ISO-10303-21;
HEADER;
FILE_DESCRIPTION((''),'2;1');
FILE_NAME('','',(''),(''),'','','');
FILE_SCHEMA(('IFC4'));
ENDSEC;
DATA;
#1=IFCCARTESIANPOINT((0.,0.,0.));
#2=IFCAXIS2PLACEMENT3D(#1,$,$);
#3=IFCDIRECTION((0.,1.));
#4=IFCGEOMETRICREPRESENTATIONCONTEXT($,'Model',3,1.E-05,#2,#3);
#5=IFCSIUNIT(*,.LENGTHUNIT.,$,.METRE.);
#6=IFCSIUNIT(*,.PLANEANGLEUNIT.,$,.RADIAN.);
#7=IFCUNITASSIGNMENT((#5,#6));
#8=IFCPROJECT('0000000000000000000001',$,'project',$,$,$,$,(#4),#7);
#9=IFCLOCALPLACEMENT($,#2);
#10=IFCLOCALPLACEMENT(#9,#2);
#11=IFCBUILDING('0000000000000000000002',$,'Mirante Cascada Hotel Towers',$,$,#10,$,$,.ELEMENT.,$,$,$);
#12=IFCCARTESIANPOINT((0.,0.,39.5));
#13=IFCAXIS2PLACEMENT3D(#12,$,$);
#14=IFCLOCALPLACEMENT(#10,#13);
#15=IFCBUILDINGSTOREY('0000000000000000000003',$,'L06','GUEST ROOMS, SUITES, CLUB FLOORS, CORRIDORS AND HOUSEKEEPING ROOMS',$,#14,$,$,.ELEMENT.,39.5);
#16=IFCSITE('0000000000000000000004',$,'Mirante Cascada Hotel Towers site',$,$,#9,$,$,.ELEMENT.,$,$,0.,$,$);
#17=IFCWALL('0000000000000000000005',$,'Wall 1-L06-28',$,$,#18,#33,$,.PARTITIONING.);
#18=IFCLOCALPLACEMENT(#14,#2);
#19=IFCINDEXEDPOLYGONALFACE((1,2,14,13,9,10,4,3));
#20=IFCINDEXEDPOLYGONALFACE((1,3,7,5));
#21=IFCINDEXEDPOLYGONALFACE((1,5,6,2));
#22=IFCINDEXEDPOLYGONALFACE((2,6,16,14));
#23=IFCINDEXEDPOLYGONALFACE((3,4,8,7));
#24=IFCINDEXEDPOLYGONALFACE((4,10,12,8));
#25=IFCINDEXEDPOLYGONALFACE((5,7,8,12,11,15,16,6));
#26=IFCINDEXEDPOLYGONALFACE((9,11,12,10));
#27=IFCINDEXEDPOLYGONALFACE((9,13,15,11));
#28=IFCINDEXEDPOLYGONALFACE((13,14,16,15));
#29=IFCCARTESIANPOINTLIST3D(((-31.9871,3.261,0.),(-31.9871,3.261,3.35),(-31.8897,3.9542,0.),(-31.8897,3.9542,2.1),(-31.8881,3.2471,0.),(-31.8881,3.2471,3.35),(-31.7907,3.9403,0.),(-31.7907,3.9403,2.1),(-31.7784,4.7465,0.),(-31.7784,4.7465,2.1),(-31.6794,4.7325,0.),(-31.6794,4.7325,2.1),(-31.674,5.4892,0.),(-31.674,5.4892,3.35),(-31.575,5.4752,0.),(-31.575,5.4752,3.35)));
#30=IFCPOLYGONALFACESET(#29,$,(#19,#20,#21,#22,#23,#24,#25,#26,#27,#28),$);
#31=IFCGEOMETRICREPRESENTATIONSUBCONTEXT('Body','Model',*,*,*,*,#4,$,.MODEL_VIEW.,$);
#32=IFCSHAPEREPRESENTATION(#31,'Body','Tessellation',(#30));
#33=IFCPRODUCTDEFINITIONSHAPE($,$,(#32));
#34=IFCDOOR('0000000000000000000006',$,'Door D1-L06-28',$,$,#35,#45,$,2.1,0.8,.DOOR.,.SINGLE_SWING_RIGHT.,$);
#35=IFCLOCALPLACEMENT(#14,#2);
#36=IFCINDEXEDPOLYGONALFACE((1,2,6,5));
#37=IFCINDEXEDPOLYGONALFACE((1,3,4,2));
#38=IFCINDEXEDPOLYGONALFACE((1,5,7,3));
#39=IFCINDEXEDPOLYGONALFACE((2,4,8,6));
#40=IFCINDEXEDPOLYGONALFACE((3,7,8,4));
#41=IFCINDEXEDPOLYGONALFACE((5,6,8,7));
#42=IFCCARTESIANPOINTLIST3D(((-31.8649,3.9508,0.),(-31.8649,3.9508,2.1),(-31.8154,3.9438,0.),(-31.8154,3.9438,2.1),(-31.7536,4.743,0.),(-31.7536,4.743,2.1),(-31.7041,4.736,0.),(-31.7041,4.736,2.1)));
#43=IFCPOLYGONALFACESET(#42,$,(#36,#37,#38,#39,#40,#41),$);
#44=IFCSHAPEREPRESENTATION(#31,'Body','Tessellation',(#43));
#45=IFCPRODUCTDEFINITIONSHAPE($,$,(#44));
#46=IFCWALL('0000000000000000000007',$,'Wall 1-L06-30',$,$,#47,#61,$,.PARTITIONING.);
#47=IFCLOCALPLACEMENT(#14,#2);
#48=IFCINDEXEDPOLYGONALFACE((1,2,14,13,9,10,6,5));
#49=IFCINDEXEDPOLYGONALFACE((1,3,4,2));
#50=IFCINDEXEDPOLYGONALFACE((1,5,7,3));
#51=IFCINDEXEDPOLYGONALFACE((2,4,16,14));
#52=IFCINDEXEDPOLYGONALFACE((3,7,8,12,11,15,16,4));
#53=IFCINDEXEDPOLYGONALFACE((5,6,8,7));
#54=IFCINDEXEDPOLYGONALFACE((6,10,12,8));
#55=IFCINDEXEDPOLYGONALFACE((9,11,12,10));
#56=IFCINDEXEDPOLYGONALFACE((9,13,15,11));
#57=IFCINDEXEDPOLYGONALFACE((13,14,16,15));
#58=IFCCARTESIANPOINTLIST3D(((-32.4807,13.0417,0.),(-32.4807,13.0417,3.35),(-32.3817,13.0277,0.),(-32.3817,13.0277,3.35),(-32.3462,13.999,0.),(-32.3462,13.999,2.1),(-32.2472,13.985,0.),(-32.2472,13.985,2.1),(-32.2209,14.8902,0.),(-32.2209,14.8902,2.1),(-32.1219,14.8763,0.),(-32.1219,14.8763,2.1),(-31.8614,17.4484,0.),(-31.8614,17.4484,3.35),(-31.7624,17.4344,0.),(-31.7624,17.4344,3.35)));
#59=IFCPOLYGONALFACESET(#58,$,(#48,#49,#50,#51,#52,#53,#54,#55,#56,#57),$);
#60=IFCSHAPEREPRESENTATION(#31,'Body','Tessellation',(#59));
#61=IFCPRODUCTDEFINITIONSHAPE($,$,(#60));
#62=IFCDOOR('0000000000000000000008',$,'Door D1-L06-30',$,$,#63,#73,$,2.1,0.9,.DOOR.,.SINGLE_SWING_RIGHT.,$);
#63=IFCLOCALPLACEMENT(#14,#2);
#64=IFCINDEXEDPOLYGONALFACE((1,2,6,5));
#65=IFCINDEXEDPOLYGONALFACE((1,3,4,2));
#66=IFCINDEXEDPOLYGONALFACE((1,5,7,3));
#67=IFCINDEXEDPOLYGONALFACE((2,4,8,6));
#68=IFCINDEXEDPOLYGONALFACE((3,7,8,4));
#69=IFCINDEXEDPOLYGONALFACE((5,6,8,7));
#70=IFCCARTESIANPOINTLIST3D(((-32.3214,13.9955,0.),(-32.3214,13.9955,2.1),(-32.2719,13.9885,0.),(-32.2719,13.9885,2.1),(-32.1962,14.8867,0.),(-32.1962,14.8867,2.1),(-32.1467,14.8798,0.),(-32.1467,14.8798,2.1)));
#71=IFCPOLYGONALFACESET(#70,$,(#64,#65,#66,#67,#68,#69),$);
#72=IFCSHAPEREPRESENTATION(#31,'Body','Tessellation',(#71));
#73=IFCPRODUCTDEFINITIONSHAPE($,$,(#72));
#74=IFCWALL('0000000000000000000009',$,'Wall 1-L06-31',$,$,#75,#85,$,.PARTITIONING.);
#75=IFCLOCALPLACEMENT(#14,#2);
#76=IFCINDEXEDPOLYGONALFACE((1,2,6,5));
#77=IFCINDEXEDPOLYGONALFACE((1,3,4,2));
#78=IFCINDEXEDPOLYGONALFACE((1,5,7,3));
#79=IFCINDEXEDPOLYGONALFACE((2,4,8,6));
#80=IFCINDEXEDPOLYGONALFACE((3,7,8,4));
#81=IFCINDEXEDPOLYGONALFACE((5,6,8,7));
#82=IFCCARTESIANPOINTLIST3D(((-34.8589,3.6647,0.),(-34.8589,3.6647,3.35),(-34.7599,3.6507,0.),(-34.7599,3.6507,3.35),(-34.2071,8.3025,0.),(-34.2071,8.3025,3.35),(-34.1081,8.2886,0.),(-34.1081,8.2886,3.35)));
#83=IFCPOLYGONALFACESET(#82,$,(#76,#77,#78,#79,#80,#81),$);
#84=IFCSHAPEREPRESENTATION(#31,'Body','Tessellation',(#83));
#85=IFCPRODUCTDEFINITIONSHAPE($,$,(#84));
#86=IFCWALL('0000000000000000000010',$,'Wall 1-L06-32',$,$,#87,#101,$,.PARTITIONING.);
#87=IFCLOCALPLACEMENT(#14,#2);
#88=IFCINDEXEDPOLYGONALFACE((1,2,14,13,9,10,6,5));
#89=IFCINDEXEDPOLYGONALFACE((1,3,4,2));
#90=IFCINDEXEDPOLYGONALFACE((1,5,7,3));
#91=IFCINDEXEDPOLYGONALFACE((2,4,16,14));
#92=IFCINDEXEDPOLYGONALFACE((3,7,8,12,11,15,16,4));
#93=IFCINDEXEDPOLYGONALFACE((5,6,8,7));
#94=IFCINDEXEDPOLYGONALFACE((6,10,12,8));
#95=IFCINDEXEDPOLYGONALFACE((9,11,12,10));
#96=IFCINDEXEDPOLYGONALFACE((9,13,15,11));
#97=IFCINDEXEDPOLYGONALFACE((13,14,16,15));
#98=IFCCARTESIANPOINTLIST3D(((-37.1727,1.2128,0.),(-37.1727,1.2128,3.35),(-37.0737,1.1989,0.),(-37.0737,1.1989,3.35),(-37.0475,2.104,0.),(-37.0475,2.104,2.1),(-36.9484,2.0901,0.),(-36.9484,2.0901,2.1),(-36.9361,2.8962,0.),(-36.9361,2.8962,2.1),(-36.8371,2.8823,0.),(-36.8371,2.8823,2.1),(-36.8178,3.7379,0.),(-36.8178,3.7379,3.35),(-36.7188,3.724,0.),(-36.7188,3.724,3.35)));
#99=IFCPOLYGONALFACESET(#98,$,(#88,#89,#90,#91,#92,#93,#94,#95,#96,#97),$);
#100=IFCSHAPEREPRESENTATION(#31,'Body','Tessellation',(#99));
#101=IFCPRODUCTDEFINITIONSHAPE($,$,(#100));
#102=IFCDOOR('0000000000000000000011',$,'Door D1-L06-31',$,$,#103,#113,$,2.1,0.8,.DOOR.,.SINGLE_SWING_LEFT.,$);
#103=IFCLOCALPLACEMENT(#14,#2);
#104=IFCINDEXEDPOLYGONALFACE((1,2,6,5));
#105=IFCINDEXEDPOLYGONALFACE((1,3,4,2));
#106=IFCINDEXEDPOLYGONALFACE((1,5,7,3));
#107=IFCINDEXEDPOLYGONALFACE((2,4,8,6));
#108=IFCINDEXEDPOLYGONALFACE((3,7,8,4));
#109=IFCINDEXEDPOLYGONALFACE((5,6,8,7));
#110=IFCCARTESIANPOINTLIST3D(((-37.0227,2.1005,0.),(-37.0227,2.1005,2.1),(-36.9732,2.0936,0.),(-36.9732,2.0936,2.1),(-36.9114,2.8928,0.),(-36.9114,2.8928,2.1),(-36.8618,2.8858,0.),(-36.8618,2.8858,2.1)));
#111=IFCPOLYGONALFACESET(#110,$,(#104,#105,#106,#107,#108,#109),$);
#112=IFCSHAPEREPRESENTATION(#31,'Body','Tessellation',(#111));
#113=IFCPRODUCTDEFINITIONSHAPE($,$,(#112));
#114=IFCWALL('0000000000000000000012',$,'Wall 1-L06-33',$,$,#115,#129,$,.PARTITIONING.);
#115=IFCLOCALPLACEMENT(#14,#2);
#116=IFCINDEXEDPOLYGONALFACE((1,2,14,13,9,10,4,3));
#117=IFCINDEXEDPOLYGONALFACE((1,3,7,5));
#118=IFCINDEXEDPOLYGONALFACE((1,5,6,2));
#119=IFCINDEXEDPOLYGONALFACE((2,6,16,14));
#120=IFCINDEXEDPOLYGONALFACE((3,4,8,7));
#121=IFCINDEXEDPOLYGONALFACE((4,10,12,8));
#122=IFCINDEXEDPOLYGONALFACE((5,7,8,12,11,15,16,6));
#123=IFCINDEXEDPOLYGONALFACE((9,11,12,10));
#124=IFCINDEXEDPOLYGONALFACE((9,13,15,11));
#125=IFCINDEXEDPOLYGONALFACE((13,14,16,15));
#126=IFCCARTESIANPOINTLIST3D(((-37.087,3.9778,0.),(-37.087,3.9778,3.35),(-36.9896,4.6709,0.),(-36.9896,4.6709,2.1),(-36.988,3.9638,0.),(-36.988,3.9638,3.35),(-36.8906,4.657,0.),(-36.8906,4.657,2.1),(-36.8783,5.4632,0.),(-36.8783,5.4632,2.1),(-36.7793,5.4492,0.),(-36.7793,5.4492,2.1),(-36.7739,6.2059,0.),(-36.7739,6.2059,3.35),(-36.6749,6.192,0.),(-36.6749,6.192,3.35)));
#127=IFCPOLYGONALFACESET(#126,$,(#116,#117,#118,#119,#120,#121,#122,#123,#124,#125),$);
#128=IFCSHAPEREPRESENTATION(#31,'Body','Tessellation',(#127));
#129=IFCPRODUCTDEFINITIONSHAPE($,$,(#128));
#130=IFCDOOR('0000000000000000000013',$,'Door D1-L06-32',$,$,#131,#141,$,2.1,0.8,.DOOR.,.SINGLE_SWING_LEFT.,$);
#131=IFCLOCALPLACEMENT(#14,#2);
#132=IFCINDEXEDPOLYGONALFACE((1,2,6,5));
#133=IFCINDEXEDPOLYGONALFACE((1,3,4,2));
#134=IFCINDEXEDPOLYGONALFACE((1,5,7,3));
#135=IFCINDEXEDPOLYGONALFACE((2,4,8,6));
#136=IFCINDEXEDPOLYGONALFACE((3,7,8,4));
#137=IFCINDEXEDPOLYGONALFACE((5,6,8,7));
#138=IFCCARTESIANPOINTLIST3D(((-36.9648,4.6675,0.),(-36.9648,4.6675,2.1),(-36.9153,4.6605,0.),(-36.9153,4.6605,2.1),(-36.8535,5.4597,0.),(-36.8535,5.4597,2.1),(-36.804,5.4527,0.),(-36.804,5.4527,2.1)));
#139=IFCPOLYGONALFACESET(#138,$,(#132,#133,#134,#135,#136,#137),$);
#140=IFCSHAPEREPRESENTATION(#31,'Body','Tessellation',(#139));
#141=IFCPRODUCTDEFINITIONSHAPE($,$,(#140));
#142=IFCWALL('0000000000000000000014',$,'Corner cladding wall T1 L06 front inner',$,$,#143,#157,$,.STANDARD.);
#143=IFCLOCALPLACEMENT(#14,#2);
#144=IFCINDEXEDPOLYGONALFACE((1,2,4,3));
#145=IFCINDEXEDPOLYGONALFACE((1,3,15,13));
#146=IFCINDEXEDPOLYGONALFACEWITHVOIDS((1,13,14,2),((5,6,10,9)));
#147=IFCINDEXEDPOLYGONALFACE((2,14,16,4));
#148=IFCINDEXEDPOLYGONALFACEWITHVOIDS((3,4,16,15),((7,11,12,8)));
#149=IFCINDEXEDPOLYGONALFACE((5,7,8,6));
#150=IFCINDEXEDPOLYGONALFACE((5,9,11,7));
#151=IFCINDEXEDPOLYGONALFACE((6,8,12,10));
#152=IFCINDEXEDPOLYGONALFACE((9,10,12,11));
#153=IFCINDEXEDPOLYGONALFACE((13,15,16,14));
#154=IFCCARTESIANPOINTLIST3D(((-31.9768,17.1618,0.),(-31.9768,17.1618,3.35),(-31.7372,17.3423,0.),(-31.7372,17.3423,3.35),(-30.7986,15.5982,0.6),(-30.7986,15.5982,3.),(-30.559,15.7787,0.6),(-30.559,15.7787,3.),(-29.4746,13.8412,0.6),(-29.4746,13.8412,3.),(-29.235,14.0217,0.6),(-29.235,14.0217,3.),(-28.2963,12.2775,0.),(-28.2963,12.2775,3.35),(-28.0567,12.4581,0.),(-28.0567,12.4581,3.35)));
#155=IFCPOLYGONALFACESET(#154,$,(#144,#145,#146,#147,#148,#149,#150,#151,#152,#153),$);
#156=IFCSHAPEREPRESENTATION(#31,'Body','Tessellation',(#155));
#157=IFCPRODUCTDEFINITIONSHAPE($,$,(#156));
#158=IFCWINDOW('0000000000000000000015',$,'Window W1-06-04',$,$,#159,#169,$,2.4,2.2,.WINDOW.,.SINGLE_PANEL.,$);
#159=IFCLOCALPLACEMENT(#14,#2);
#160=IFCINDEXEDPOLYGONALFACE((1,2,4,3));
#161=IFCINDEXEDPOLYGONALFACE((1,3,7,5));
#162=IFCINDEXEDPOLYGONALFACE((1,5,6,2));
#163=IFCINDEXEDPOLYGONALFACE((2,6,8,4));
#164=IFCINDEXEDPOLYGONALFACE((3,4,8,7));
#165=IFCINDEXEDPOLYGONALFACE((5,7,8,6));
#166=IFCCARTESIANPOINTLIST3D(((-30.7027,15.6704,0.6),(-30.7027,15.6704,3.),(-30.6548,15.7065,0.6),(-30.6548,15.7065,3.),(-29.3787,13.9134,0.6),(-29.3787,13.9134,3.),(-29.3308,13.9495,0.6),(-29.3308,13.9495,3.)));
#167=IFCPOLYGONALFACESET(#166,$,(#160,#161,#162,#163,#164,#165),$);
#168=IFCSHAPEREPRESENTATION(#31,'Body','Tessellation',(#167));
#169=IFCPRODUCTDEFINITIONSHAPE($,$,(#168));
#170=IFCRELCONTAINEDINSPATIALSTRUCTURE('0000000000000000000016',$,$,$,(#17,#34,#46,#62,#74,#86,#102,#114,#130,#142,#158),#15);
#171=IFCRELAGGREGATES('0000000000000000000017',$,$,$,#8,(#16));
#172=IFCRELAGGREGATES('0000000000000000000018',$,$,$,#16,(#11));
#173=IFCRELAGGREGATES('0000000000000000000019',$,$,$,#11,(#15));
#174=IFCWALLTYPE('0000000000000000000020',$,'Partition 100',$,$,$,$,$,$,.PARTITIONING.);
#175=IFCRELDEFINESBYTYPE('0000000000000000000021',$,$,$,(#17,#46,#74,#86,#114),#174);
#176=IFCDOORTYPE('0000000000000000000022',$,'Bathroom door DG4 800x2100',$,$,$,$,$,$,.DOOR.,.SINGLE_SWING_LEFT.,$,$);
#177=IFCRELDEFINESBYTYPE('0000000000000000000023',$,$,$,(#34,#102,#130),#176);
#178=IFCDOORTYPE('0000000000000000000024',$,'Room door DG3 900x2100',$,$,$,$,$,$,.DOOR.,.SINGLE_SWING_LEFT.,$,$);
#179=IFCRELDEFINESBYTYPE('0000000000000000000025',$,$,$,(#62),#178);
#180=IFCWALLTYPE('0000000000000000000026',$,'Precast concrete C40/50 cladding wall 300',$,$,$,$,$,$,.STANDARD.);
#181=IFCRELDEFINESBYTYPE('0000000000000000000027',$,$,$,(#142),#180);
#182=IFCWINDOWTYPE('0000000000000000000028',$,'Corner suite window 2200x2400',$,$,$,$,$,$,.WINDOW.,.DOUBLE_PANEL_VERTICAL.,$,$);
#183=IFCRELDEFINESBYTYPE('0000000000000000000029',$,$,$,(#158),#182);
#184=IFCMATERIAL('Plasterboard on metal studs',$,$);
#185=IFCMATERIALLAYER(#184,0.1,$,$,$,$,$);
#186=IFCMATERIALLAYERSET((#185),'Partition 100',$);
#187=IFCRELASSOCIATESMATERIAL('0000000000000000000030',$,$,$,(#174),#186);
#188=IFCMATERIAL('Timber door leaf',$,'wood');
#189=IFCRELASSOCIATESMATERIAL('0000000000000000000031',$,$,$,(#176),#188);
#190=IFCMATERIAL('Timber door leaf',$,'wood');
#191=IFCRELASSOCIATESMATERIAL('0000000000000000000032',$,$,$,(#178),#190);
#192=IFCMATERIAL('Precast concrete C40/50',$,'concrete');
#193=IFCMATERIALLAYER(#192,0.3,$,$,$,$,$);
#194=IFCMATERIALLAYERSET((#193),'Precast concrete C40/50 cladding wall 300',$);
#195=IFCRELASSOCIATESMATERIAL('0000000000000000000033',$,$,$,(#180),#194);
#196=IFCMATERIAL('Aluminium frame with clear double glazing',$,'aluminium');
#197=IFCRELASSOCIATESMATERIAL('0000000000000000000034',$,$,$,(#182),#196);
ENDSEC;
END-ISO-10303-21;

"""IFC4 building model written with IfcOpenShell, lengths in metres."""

from ifc_helpers import new_model, si_unit, direction, frame, frame_2d, origin, place, context, subcontext, project, spatial, rectangle, extrude, material, layer, layer_set, type_object, element, fill, save


model = new_model("IFC4")

# Units and contexts
model_context = context("Model", 3, precision=1e-05, world=origin(), true_north=direction((0.0, 1.0)))
body_context = subcontext(model_context, "Body", "Model", "MODEL_VIEW")
ifc_project = project(units=[si_unit("LENGTHUNIT", "METRE"), si_unit("PLANEANGLEUNIT", "RADIAN")], contexts=[model_context])

# Site, building, storey
site_placement = place(None, origin())
site = spatial("IfcSite", under=ifc_project, at=site_placement, Name="Mirante Cascada Hotel Towers site", CompositionType="ELEMENT", RefElevation=0.0)
building_placement = place(site_placement, origin())
building = spatial("IfcBuilding", under=site, at=building_placement, Name="Mirante Cascada Hotel Towers", CompositionType="ELEMENT")
storey_placement = place(building_placement, frame((0.0, 0.0, 39.5)))
storey = spatial("IfcBuildingStorey", under=building, at=storey_placement, Name="L06", Description="GUEST ROOMS, SUITES, CLUB FLOORS, CORRIDORS AND HOUSEKEEPING ROOMS", CompositionType="ELEMENT", Elevation=39.5)

# Shared definitions
ifc_material_1 = material(Name="Plasterboard on metal studs")
ifc_layer_1 = layer(ifc_material_1, 0.1)
ifc_layer_set_1 = layer_set([ifc_layer_1], Name="Partition 100")
wall_type_1 = type_object("IfcWallType", Name="Partition 100", PredefinedType="PARTITIONING", material=ifc_layer_set_1)

# Walls, openings, doors
wall_1_placement = place(storey_placement, frame((-31.6245, 5.4822, 0.0), z_axis=(0.0, 0.0, 1.0), x_axis=(-0.139156, -0.990271, 0.0)))
wall_1 = element("IfcWall", 1, at=wall_1_placement, inside=storey, type_object=wall_type_1, Name="Wall 1-L06-28", PredefinedType="PARTITIONING", context=body_context, shape_type="SweptSolid", body=[
    extrude(rectangle(XDim=2.25, YDim=0.1, at=frame_2d((1.125, 0.0))), origin(), (0.0, 0.0, 1.0), 3.35),
])
opening_1_placement = place(wall_1_placement, frame((0.75, 0.0, 0.0)))
opening_1 = element("IfcOpeningElement", 2, at=opening_1_placement, cuts=wall_1, PredefinedType="OPENING", context=body_context, shape_type="SweptSolid", body=[
    extrude(rectangle(XDim=0.8, YDim=2.1, at=frame_2d((0.4, 1.05))), frame((0.0, 0.05, 0.0), z_axis=(0.0, -1.0, 0.0), x_axis=(1.0, 0.0, 0.0)), (0.0, 0.0, 1.0), 0.1),
])
ifc_material_2 = material(Name="Timber door leaf", Category="wood")
door_type_1 = type_object("IfcDoorType", Name="Bathroom door DG4 800x2100", OperationType="SINGLE_SWING_LEFT", PredefinedType="DOOR", material=ifc_material_2)
door_1_placement = place(opening_1_placement, frame((0.8, 0.0, 0.0), z_axis=(0.0, 0.0, 1.0), x_axis=(-1.0, 0.0, 0.0)))
door_1 = element("IfcDoor", 3, at=door_1_placement, inside=storey, type_object=door_type_1, Name="Door D1-L06-28", OperationType="SINGLE_SWING_RIGHT", OverallHeight=2.1, OverallWidth=0.8, PredefinedType="DOOR", context=body_context, shape_type="SweptSolid", body=[
    extrude(rectangle(XDim=0.8, YDim=2.1, at=frame_2d((0.4, 1.05))), frame((0.0, 0.025, 0.0), z_axis=(0.0, -1.0, 0.0), x_axis=(1.0, 0.0, 0.0)), (0.0, 0.0, 1.0), 0.05),
])
fill(opening_1, door_1)
wall_2_placement = place(storey_placement, frame((-31.8119, 17.4414, 0.0), z_axis=(0.0, 0.0, 1.0), x_axis=(-0.139168, -0.990269, 0.0)))
wall_2 = element("IfcWall", 4, at=wall_2_placement, inside=storey, type_object=wall_type_1, Name="Wall 1-L06-30", PredefinedType="PARTITIONING", context=body_context, shape_type="SweptSolid", body=[
    extrude(rectangle(XDim=4.45, YDim=0.1, at=frame_2d((2.225, 0.0))), origin(), (0.0, 0.0, 1.0), 3.35),
])
opening_2_placement = place(wall_2_placement, frame((2.5833, 0.0, 0.0)))
opening_2 = element("IfcOpeningElement", 5, at=opening_2_placement, cuts=wall_2, PredefinedType="OPENING", context=body_context, shape_type="SweptSolid", body=[
    extrude(rectangle(XDim=0.9, YDim=2.1, at=frame_2d((0.45, 1.05))), frame((0.0, 0.05, 0.0), z_axis=(0.0, -1.0, 0.0), x_axis=(1.0, 0.0, 0.0)), (0.0, 0.0, 1.0), 0.1),
])
ifc_material_3 = material(Name="Timber door leaf", Category="wood")
door_type_2 = type_object("IfcDoorType", Name="Room door DG3 900x2100", OperationType="SINGLE_SWING_LEFT", PredefinedType="DOOR", material=ifc_material_3)
door_2_placement = place(opening_2_placement, frame((0.9, 0.0, 0.0), z_axis=(0.0, 0.0, 1.0), x_axis=(-1.0, 0.0, 0.0)))
door_2 = element("IfcDoor", 6, at=door_2_placement, inside=storey, type_object=door_type_2, Name="Door D1-L06-30", OperationType="SINGLE_SWING_RIGHT", OverallHeight=2.1, OverallWidth=0.9, PredefinedType="DOOR", context=body_context, shape_type="SweptSolid", body=[
    extrude(rectangle(XDim=0.9, YDim=2.1, at=frame_2d((0.45, 1.05))), frame((0.0, 0.025, 0.0), z_axis=(0.0, -1.0, 0.0), x_axis=(1.0, 0.0, 0.0)), (0.0, 0.0, 1.0), 0.05),
])
fill(opening_2, door_2)

# Wall
wall_3_placement = place(storey_placement, frame((-34.8094, 3.6577, 0.0), z_axis=(0.0, 0.0, 1.0), x_axis=(0.139173, 0.990268, 0.0)))
element("IfcWall", 7, at=wall_3_placement, inside=storey, type_object=wall_type_1, Name="Wall 1-L06-31", PredefinedType="PARTITIONING", context=body_context, shape_type="SweptSolid", body=[
    extrude(rectangle(XDim=4.6834, YDim=0.1, at=frame_2d((2.3417, 0.0))), origin(), (0.0, 0.0, 1.0), 3.35),
])

# Walls, openings, doors
wall_4_placement = place(storey_placement, frame((-36.7683, 3.731, 0.0), z_axis=(0.0, 0.0, 1.0), x_axis=(-0.139181, -0.990267, 0.0)))
wall_4 = element("IfcWall", 8, at=wall_4_placement, inside=storey, type_object=wall_type_1, Name="Wall 1-L06-32", PredefinedType="PARTITIONING", context=body_context, shape_type="SweptSolid", body=[
    extrude(rectangle(XDim=2.5499, YDim=0.1, at=frame_2d((1.275, 0.0))), origin(), (0.0, 0.0, 1.0), 3.35),
])
opening_3_placement = place(wall_4_placement, frame((0.85, 0.0, 0.0)))
opening_3 = element("IfcOpeningElement", 9, at=opening_3_placement, cuts=wall_4, PredefinedType="OPENING", context=body_context, shape_type="SweptSolid", body=[
    extrude(rectangle(XDim=0.8, YDim=2.1, at=frame_2d((0.4, 1.05))), frame((0.0, 0.05, 0.0), z_axis=(0.0, -1.0, 0.0), x_axis=(1.0, 0.0, 0.0)), (0.0, 0.0, 1.0), 0.1),
])
door_3_placement = place(opening_3_placement, origin())
door_3 = element("IfcDoor", 10, at=door_3_placement, inside=storey, type_object=door_type_1, Name="Door D1-L06-31", OperationType="SINGLE_SWING_LEFT", OverallHeight=2.1, OverallWidth=0.8, PredefinedType="DOOR", context=body_context, shape_type="SweptSolid", body=[
    extrude(rectangle(XDim=0.8, YDim=2.1, at=frame_2d((0.4, 1.05))), frame((0.0, 0.025, 0.0), z_axis=(0.0, -1.0, 0.0), x_axis=(1.0, 0.0, 0.0)), (0.0, 0.0, 1.0), 0.05),
])
fill(opening_3, door_3)
wall_5_placement = place(storey_placement, frame((-37.0375, 3.9708, 0.0), z_axis=(0.0, 0.0, 1.0), x_axis=(0.139156, 0.990271, 0.0)))
wall_5 = element("IfcWall", 11, at=wall_5_placement, inside=storey, type_object=wall_type_1, Name="Wall 1-L06-33", PredefinedType="PARTITIONING", context=body_context, shape_type="SweptSolid", body=[
    extrude(rectangle(XDim=2.25, YDim=0.1, at=frame_2d((1.125, 0.0))), origin(), (0.0, 0.0, 1.0), 3.35),
])
opening_4_placement = place(wall_5_placement, frame((0.7, 0.0, 0.0)))
opening_4 = element("IfcOpeningElement", 12, at=opening_4_placement, cuts=wall_5, PredefinedType="OPENING", context=body_context, shape_type="SweptSolid", body=[
    extrude(rectangle(XDim=0.8, YDim=2.1, at=frame_2d((0.4, 1.05))), frame((0.0, 0.05, 0.0), z_axis=(0.0, -1.0, 0.0), x_axis=(1.0, 0.0, 0.0)), (0.0, 0.0, 1.0), 0.1),
])
door_4_placement = place(opening_4_placement, origin())
door_4 = element("IfcDoor", 13, at=door_4_placement, inside=storey, type_object=door_type_1, Name="Door D1-L06-32", OperationType="SINGLE_SWING_LEFT", OverallHeight=2.1, OverallWidth=0.8, PredefinedType="DOOR", context=body_context, shape_type="SweptSolid", body=[
    extrude(rectangle(XDim=0.8, YDim=2.1, at=frame_2d((0.4, 1.05))), frame((0.0, 0.025, 0.0), z_axis=(0.0, -1.0, 0.0), x_axis=(1.0, 0.0, 0.0)), (0.0, 0.0, 1.0), 0.05),
])
fill(opening_4, door_4)

# Wall, opening, window
ifc_material_4 = material(Name="Precast concrete C40/50", Category="concrete")
ifc_layer_2 = layer(ifc_material_4, 0.3)
ifc_layer_set_2 = layer_set([ifc_layer_2], Name="Precast concrete C40/50 cladding wall 300")
wall_type_2 = type_object("IfcWallType", Name="Precast concrete C40/50 cladding wall 300", PredefinedType="STANDARD", material=ifc_layer_set_2)
wall_6_placement = place(storey_placement, frame((-31.857, 17.252, 0.0), z_axis=(0.0, 0.0, 1.0), x_axis=(0.601814, -0.798636, 0.0)))
wall_6 = element("IfcWall", 14, at=wall_6_placement, inside=storey, type_object=wall_type_2, Name="Corner cladding wall T1 L06 front inner", PredefinedType="STANDARD", context=body_context, shape_type="SweptSolid", body=[
    extrude(rectangle(XDim=6.1157, YDim=0.3, at=frame_2d((3.0578, 0.0))), origin(), (0.0, 0.0, 1.0), 3.35),
])
opening_5_placement = place(wall_6_placement, frame((1.9578, 0.0, 0.6)))
opening_5 = element("IfcOpeningElement", 15, at=opening_5_placement, cuts=wall_6, PredefinedType="OPENING", context=body_context, shape_type="SweptSolid", body=[
    extrude(rectangle(XDim=2.2, YDim=2.4, at=frame_2d((1.1, 1.2))), frame((0.0, 0.15, 0.0), z_axis=(0.0, -1.0, 0.0), x_axis=(1.0, 0.0, 0.0)), (0.0, 0.0, 1.0), 0.3),
])
ifc_material_5 = material(Name="Aluminium frame with clear double glazing", Category="aluminium")
window_type = type_object("IfcWindowType", Name="Corner suite window 2200x2400", PartitioningType="DOUBLE_PANEL_VERTICAL", PredefinedType="WINDOW", material=ifc_material_5)
window_placement = place(opening_5_placement, origin())
window = element("IfcWindow", 16, at=window_placement, inside=storey, type_object=window_type, Name="Window W1-06-04", OverallHeight=2.4, OverallWidth=2.2, PartitioningType="SINGLE_PANEL", PredefinedType="WINDOW", context=body_context, shape_type="SweptSolid", body=[
    extrude(rectangle(XDim=2.2, YDim=2.4, at=frame_2d((1.1, 1.2))), frame((0.0, 0.03, 0.0), z_axis=(0.0, -1.0, 0.0), x_axis=(1.0, 0.0, 0.0)), (0.0, 0.0, 1.0), 0.06),
])
fill(opening_5, window)

save(model, "model.ifc")
